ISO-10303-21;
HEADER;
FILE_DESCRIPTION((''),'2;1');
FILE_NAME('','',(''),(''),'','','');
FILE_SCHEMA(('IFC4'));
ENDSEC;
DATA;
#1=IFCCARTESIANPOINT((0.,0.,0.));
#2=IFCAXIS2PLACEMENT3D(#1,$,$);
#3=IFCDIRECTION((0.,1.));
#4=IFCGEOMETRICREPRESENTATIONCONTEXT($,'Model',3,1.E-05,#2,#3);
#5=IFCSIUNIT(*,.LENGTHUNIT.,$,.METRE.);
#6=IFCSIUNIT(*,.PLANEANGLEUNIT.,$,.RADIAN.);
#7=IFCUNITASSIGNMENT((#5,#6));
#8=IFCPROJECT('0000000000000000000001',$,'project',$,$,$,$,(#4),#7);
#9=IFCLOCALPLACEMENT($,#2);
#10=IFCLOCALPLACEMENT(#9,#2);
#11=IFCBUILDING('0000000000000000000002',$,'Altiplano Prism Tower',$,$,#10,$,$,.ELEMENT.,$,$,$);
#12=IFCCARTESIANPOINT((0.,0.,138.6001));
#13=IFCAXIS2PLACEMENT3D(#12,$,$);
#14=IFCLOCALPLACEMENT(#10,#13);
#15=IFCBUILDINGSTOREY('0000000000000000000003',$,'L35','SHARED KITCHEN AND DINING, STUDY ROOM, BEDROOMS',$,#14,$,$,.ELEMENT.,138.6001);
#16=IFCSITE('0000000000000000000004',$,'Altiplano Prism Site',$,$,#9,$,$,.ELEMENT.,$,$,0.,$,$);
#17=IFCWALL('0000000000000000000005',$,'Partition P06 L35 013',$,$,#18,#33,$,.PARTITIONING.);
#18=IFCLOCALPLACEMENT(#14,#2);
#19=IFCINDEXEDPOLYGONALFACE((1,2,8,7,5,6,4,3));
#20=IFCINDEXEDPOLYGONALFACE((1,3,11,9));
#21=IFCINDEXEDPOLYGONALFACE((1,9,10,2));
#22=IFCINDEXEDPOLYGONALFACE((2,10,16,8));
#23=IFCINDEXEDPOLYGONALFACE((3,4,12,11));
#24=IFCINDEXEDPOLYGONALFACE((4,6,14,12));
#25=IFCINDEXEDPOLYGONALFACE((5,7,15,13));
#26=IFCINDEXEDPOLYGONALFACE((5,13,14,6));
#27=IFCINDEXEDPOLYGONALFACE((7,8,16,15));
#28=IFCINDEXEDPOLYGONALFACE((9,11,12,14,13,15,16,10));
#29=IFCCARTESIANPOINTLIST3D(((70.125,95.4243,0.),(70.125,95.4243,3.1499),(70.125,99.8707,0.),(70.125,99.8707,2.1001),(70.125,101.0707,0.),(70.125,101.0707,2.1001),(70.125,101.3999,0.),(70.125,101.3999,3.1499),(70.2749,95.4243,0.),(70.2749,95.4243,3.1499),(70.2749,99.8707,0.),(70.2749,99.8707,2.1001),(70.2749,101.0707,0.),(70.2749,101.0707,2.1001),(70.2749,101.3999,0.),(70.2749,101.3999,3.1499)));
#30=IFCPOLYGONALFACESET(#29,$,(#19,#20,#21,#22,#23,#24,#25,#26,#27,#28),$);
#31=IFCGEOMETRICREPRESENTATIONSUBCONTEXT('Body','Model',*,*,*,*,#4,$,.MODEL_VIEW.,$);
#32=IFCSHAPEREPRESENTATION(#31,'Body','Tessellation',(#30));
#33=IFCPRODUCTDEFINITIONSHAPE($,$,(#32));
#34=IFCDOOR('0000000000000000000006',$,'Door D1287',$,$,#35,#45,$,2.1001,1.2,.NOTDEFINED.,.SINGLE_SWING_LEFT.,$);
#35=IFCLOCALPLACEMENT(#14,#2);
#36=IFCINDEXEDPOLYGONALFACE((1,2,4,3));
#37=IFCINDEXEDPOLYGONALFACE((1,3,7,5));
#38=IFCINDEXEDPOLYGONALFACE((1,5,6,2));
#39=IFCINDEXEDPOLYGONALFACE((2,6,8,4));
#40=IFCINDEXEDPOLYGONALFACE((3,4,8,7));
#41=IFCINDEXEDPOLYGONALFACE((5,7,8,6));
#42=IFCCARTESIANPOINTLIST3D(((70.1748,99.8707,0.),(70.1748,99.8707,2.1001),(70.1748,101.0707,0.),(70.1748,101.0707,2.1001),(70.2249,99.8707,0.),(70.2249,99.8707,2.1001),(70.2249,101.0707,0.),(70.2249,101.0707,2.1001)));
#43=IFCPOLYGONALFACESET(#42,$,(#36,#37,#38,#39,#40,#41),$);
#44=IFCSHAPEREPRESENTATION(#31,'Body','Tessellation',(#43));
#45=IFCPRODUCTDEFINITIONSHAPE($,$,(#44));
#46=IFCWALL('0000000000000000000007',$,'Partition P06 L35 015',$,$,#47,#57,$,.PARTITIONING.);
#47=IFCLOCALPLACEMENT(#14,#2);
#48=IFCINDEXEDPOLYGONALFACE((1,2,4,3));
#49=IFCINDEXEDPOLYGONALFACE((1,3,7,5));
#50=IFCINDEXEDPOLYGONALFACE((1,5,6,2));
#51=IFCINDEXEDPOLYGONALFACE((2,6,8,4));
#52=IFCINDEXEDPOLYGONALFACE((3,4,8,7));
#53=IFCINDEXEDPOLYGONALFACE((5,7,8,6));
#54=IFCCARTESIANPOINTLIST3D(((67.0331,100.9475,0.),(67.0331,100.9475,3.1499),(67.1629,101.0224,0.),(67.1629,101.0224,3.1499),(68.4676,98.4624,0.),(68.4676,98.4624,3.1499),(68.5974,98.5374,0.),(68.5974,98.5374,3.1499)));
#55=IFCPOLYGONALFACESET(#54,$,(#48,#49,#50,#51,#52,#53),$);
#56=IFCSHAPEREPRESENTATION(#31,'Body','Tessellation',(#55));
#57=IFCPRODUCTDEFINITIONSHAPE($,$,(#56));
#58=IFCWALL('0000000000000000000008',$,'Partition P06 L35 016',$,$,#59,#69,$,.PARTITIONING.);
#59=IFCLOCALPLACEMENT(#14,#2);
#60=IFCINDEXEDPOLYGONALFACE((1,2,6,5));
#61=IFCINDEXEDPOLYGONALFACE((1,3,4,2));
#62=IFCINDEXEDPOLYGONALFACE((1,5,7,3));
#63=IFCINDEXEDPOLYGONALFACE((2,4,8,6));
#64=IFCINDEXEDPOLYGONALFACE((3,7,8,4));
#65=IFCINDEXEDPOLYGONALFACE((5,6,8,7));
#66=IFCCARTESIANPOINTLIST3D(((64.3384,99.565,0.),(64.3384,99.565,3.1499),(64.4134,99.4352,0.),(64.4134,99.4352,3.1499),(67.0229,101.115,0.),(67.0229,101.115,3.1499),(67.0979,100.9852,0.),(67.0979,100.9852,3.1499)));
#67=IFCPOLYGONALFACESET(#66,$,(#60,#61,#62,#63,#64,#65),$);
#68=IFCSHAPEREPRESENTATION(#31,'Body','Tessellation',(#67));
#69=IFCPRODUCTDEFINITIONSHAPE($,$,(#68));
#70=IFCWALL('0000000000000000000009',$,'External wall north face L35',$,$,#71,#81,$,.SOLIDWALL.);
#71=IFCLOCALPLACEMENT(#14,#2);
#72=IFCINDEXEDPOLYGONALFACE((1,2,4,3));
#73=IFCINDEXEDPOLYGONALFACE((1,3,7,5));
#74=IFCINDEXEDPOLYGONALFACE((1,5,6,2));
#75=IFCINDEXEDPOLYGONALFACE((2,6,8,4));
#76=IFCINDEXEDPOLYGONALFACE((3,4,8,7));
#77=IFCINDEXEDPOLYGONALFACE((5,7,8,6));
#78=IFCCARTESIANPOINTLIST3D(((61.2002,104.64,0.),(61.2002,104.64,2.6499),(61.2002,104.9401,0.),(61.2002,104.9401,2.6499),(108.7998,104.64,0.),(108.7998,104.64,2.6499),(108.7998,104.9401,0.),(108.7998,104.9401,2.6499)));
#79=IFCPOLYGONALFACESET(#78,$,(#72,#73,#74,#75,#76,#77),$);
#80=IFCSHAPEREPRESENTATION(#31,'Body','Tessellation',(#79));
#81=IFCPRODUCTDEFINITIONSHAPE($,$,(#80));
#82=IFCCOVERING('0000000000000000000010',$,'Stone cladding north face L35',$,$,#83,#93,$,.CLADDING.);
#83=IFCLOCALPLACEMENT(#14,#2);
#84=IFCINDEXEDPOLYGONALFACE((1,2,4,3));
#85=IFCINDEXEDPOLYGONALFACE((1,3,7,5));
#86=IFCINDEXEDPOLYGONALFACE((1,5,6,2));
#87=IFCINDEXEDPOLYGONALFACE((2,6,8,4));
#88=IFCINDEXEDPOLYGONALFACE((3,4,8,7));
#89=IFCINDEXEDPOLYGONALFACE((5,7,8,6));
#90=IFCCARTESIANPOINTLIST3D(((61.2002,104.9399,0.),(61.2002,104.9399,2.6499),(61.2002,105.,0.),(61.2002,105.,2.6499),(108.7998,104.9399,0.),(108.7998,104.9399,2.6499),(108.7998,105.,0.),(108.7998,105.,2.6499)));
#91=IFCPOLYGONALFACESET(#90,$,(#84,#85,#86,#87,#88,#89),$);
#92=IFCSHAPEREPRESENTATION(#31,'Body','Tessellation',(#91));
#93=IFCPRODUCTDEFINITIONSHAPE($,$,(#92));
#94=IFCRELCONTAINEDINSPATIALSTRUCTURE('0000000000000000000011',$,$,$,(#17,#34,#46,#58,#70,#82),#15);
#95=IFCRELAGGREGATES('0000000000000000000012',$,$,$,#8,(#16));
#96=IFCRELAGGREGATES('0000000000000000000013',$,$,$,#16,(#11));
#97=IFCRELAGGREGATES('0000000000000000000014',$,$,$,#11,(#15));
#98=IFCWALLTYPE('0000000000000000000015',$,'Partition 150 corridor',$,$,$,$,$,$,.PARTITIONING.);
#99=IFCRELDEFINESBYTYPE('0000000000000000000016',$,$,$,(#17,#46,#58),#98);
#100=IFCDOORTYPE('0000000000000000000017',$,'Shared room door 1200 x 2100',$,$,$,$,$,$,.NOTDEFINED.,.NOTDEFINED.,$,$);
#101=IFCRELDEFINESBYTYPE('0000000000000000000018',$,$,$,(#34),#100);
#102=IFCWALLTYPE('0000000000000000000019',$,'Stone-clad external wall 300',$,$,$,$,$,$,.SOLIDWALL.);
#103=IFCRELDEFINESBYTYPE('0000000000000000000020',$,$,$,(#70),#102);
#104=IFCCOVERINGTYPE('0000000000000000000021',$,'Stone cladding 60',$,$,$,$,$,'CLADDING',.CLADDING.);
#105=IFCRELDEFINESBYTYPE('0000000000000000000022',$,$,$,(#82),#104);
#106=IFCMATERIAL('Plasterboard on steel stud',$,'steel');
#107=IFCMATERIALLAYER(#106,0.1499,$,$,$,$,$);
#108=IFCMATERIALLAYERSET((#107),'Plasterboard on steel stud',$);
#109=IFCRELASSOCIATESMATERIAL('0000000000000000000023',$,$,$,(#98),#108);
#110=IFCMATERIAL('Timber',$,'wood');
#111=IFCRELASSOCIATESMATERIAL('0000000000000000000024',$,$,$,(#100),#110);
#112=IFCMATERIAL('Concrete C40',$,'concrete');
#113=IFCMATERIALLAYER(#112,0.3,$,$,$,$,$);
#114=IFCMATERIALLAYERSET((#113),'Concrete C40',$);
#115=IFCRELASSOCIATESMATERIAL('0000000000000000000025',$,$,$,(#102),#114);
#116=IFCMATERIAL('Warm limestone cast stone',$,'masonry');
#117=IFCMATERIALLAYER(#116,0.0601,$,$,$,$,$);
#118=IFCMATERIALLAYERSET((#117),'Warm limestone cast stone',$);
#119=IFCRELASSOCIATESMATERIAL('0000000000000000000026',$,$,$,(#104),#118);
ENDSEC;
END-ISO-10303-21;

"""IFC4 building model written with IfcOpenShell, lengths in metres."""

from ifc_helpers import new_model, si_unit, direction, frame, frame_2d, origin, place, context, subcontext, project, spatial, rectangle, extrude, material, layer, layer_set, type_object, element, fill, save


model = new_model("IFC4")

# Units and contexts
model_context = context("Model", 3, precision=1e-05, world=origin(), true_north=direction((0.0, 1.0)))
body_context = subcontext(model_context, "Body", "Model", "MODEL_VIEW")
ifc_project = project(units=[si_unit("LENGTHUNIT", "METRE"), si_unit("PLANEANGLEUNIT", "RADIAN")], contexts=[model_context])

# Site, building, storey
site_placement = place(None, origin())
site = spatial("IfcSite", under=ifc_project, at=site_placement, Name="Altiplano Prism Site", CompositionType="ELEMENT", RefElevation=0.0)
building_placement = place(site_placement, origin())
building = spatial("IfcBuilding", under=site, at=building_placement, Name="Altiplano Prism Tower", CompositionType="ELEMENT")
storey_placement = place(building_placement, frame((0.0, 0.0, 138.6001)))
storey = spatial("IfcBuildingStorey", under=building, at=storey_placement, Name="L35", Description="SHARED KITCHEN AND DINING, STUDY ROOM, BEDROOMS", CompositionType="ELEMENT", Elevation=138.6001)

# Shared definitions
ifc_material_1 = material(Name="Plasterboard on steel stud", Category="steel")
ifc_layer_1 = layer(ifc_material_1, 0.1499)
ifc_layer_set_1 = layer_set([ifc_layer_1], Name="Plasterboard on steel stud")
wall_type_1 = type_object("IfcWallType", Name="Partition 150 corridor", PredefinedType="PARTITIONING", material=ifc_layer_set_1)

# Shared definitions
ifc_material_2 = material(Name="Timber", Category="wood")
door_type_1 = type_object("IfcDoorType", Name="Shared room door 1200 x 2100", OperationType="NOTDEFINED", PredefinedType="NOTDEFINED", material=ifc_material_2)

# Wall, opening, door
wall_1_placement = place(storey_placement, frame((70.2, 101.3999, 0.0), z_axis=(0.0, 0.0, 1.0), x_axis=(0.0, -1.0, 0.0)))
wall_1 = element("IfcWall", 1, at=wall_1_placement, inside=storey, type_object=wall_type_1, Name="Partition P06 L35 013", PredefinedType="PARTITIONING", context=body_context, shape_type="SweptSolid", body=[
    extrude(rectangle(XDim=5.9756, YDim=0.1499, at=frame_2d((2.9878, 0.0))), origin(), (0.0, 0.0, 1.0), 3.1499),
])
opening_1_placement = place(wall_1_placement, frame((0.3291, 0.0, 0.0)))
opening_1 = element("IfcOpeningElement", 2, at=opening_1_placement, cuts=wall_1, PredefinedType="OPENING", context=body_context, shape_type="SweptSolid", body=[
    extrude(rectangle(XDim=1.2, YDim=2.1001, at=frame_2d((0.6001, 1.05))), frame((0.0, 0.0854, 0.0), z_axis=(0.0, -1.0, 0.0), x_axis=(1.0, 0.0, 0.0)), (0.0, 0.0, 1.0), 0.1709),
])
door_1_placement = place(opening_1_placement, origin())
door_1 = element("IfcDoor", 3, at=door_1_placement, inside=storey, type_object=door_type_1, Name="Door D1287", OperationType="SINGLE_SWING_LEFT", OverallHeight=2.1001, OverallWidth=1.2, PredefinedType="NOTDEFINED", context=body_context, shape_type="SweptSolid", body=[
    extrude(rectangle(XDim=1.2, YDim=2.1001, at=frame_2d((0.6001, 1.05))), frame((0.0, 0.0249, 0.0), z_axis=(0.0, -1.0, 0.0), x_axis=(1.0, 0.0, 0.0)), (0.0, 0.0, 1.0), 0.05),
])
fill(opening_1, door_1)

# Walls
wall_2_placement = place(storey_placement, frame((68.5325, 98.5, 0.0), z_axis=(0.0, 0.0, 1.0), x_axis=(-0.499946, 0.866057, 0.0)))
element("IfcWall", 4, at=wall_2_placement, inside=storey, type_object=wall_type_1, Name="Partition P06 L35 015", PredefinedType="PARTITIONING", context=body_context, shape_type="SweptSolid", body=[
    extrude(rectangle(XDim=2.8694, YDim=0.1499, at=frame_2d((1.4346, 0.0))), origin(), (0.0, 0.0, 1.0), 3.1499),
])
wall_3_placement = place(storey_placement, frame((67.0603, 101.05, 0.0), z_axis=(0.0, 0.0, 1.0), x_axis=(-0.86601, -0.500027, 0.0)))
element("IfcWall", 5, at=wall_3_placement, inside=storey, type_object=wall_type_1, Name="Partition P06 L35 016", PredefinedType="PARTITIONING", context=body_context, shape_type="SweptSolid", body=[
    extrude(rectangle(XDim=3.0999, YDim=0.1499, at=frame_2d((1.5498, 0.0))), origin(), (0.0, 0.0, 1.0), 3.1499),
])
ifc_material_3 = material(Name="Concrete C40", Category="concrete")
ifc_layer_2 = layer(ifc_material_3, 0.3)
ifc_layer_set_2 = layer_set([ifc_layer_2], Name="Concrete C40")
wall_type_2 = type_object("IfcWallType", Name="Stone-clad external wall 300", PredefinedType="SOLIDWALL", material=ifc_layer_set_2)
wall_4_placement = place(storey_placement, frame((61.2002, 104.79, 0.0), z_axis=(0.0, 0.0, 1.0), x_axis=(1.0, 0.0, 0.0)))
element("IfcWall", 6, at=wall_4_placement, inside=storey, type_object=wall_type_2, Name="External wall north face L35", PredefinedType="SOLIDWALL", context=body_context, shape_type="SweptSolid", body=[
    extrude(rectangle(XDim=47.5996, YDim=0.3, at=frame_2d((23.7998, 0.0))), origin(), (0.0, 0.0, 1.0), 2.6499),
])

# Covering
ifc_material_4 = material(Name="Warm limestone cast stone", Category="masonry")
ifc_layer_3 = layer(ifc_material_4, 0.0601)
ifc_layer_set_3 = layer_set([ifc_layer_3], Name="Warm limestone cast stone")
covering_type = type_object("IfcCoveringType", Name="Stone cladding 60", ElementType="CLADDING", PredefinedType="CLADDING", material=ifc_layer_set_3)
covering_placement = place(storey_placement, frame((61.2002, 104.97, 0.0), z_axis=(0.0, 0.0, 1.0), x_axis=(1.0, 0.0, 0.0)))
element("IfcCovering", 7, at=covering_placement, inside=storey, type_object=covering_type, Name="Stone cladding north face L35", PredefinedType="CLADDING", context=body_context, shape_type="SweptSolid", body=[
    extrude(rectangle(XDim=47.5996, YDim=0.0601, at=frame_2d((23.7998, 0.0))), origin(), (0.0, 0.0, 1.0), 2.6499),
])

save(model, "model.ifc")
